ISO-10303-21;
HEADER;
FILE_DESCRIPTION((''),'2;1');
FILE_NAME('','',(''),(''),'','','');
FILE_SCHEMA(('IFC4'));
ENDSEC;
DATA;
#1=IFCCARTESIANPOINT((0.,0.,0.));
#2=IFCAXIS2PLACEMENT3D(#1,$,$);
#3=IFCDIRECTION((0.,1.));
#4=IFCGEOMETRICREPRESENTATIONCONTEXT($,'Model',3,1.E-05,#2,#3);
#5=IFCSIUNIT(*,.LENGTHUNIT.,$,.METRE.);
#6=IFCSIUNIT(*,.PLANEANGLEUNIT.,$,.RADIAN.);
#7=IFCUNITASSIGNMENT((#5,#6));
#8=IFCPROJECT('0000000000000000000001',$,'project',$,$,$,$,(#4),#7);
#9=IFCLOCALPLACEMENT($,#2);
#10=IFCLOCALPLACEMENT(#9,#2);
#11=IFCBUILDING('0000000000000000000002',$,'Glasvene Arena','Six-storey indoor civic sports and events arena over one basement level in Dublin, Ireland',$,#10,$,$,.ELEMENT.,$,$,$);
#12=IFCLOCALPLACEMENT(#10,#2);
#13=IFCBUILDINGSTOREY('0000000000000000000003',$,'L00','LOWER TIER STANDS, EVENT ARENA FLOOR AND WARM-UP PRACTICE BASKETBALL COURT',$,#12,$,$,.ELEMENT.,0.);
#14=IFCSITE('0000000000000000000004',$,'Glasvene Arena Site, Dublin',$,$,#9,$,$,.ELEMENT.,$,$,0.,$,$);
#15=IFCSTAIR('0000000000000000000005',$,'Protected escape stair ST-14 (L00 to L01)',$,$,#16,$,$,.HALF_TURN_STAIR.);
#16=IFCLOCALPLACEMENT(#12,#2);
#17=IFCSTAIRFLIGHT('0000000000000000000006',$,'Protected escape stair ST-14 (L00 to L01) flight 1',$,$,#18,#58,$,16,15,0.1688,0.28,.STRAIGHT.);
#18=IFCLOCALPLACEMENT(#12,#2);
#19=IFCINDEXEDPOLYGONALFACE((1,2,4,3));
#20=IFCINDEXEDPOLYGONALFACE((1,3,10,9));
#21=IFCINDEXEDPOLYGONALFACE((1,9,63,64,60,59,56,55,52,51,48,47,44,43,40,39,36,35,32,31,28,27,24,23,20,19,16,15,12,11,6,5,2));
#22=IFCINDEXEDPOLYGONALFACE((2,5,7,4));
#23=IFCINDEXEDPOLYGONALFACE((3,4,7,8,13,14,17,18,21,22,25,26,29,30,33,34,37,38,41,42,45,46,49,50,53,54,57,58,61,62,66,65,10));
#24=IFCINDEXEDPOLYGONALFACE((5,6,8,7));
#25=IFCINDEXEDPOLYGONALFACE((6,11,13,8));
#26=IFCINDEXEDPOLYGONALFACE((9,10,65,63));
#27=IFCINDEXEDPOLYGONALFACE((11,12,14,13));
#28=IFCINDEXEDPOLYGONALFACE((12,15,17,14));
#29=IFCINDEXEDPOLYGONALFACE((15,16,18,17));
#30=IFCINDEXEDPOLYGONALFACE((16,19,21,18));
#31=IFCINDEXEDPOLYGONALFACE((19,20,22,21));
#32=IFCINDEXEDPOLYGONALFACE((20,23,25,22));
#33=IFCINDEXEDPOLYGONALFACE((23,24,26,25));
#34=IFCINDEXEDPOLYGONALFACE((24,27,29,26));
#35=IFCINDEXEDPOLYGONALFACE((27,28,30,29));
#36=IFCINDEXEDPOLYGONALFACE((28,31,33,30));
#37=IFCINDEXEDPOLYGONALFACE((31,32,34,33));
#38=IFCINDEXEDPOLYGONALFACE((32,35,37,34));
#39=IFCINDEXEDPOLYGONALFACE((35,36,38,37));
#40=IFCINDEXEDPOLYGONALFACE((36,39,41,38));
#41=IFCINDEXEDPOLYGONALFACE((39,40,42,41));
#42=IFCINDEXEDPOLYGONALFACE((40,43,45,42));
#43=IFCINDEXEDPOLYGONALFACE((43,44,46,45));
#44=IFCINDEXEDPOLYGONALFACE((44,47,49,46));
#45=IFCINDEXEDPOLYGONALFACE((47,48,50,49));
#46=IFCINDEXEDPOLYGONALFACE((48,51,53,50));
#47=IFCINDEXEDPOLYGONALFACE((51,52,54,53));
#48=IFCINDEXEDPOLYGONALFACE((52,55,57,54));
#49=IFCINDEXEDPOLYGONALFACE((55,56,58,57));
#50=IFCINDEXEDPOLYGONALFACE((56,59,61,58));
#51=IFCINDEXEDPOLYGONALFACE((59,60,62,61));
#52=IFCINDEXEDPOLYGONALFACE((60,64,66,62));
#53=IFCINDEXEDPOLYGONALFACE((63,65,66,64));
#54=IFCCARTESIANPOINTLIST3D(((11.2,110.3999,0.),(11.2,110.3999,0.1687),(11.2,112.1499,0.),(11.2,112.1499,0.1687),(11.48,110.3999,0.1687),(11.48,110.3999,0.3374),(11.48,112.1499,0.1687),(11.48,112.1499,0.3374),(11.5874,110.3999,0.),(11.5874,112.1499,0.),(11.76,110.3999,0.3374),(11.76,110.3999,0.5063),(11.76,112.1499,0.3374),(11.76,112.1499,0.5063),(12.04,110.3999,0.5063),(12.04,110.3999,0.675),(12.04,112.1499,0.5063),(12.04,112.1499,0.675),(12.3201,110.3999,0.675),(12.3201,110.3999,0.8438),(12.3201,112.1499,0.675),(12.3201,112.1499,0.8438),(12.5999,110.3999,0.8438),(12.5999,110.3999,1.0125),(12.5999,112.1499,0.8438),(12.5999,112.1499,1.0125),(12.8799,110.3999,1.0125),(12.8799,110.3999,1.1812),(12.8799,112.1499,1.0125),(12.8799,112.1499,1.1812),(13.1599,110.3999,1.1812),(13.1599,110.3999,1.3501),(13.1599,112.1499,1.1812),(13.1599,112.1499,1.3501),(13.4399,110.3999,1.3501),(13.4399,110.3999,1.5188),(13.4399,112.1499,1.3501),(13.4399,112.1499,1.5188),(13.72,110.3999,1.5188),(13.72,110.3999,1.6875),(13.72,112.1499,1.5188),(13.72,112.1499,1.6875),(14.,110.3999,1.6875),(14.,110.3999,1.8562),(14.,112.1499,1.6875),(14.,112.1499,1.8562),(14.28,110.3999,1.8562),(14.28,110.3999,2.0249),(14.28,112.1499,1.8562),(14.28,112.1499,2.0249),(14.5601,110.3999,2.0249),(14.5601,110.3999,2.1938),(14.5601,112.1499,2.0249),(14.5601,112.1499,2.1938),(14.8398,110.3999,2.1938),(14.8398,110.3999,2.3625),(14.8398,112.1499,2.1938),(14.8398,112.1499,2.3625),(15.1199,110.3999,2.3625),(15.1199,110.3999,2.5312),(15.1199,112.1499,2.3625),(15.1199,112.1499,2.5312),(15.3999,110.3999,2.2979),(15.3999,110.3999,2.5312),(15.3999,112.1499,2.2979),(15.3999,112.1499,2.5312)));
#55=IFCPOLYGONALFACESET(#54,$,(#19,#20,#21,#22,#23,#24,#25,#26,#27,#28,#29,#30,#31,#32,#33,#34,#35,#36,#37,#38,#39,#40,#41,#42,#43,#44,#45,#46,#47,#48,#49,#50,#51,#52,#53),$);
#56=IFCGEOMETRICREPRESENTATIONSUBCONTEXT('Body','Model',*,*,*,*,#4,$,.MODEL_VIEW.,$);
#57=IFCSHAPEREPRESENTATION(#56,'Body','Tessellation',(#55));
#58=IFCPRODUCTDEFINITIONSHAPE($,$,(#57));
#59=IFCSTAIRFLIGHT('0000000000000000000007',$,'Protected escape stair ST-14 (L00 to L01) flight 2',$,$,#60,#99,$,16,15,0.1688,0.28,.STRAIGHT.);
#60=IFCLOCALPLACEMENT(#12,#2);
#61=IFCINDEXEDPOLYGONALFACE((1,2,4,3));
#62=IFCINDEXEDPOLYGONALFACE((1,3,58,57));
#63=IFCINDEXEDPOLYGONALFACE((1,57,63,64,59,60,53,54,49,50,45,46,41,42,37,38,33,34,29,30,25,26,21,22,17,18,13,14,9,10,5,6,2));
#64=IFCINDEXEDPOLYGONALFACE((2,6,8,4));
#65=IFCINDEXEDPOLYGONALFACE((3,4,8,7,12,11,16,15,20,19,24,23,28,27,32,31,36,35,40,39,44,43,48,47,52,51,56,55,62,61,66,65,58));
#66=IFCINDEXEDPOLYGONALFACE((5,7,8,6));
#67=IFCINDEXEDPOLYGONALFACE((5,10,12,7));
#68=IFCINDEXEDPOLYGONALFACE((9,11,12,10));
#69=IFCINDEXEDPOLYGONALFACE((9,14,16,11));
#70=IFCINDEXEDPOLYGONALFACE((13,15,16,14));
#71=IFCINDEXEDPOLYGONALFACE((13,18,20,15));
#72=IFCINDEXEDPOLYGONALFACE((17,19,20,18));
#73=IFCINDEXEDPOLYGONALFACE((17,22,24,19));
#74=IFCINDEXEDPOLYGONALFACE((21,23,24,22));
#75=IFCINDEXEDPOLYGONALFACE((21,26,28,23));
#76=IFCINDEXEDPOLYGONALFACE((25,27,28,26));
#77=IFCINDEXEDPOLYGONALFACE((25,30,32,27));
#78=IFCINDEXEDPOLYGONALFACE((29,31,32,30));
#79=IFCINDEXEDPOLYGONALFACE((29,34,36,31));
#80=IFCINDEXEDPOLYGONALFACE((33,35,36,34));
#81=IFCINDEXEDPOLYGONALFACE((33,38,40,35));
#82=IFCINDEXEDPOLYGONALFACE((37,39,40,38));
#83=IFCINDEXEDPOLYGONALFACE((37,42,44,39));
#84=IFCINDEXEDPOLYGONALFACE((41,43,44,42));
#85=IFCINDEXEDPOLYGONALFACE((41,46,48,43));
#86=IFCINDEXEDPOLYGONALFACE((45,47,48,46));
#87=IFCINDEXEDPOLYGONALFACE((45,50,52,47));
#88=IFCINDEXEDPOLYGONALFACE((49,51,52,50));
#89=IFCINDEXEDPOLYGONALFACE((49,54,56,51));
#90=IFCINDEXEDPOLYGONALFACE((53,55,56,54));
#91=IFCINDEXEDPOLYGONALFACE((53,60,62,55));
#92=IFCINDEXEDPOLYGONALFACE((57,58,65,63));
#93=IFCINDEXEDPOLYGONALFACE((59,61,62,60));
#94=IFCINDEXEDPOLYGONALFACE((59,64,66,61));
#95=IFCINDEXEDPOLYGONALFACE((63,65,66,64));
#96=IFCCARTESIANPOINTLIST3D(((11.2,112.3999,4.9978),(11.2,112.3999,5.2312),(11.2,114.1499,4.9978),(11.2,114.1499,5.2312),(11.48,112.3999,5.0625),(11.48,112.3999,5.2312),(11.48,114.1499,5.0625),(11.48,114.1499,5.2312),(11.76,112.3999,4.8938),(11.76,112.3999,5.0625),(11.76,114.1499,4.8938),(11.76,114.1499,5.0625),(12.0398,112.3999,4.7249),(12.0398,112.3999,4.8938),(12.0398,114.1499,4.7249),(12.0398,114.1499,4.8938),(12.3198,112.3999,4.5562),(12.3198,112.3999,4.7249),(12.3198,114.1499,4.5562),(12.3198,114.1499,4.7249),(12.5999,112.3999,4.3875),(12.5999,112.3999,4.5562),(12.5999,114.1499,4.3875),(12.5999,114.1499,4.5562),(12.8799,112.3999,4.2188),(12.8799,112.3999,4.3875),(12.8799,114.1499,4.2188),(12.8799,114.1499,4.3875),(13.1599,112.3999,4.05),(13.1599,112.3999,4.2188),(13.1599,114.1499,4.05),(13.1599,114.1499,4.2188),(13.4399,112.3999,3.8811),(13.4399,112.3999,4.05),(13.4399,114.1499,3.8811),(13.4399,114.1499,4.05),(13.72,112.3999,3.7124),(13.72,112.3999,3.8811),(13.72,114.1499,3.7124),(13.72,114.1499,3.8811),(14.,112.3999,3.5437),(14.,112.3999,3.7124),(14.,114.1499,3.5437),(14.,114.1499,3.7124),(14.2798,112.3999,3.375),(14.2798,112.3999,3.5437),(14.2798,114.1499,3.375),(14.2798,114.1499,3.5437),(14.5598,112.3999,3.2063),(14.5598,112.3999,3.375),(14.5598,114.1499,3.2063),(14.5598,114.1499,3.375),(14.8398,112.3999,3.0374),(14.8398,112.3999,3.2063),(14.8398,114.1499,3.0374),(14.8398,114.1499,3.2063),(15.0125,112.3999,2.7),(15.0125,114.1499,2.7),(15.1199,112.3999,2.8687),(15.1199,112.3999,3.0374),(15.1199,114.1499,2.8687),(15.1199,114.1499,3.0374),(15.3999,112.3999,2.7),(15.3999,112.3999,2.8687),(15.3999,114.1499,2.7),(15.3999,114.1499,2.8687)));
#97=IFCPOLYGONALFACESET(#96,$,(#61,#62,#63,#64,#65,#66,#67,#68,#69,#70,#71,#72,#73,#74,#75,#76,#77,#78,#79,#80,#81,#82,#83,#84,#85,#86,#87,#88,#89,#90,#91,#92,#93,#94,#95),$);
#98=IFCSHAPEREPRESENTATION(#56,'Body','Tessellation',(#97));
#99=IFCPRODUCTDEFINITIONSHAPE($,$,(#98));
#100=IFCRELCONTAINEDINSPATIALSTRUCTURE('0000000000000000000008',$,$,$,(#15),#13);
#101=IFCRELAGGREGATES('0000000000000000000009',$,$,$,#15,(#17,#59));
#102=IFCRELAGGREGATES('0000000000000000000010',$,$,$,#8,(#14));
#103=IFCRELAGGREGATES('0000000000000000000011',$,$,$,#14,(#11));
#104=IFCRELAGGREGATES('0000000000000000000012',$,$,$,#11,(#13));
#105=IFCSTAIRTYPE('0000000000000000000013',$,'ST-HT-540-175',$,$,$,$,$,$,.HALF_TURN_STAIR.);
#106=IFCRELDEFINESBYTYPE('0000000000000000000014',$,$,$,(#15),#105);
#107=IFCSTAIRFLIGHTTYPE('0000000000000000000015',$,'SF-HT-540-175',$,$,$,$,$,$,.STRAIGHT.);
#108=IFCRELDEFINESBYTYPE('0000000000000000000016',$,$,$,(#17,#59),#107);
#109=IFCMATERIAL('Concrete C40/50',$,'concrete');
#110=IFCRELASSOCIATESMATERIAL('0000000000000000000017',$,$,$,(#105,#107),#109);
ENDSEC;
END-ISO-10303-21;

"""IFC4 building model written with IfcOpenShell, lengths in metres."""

from ifc_helpers import new_model, si_unit, direction, frame, origin, place, context, subcontext, project, spatial, polyline, outline, extrude, material, type_object, element, aggregate, save


model = new_model("IFC4")

# Units and contexts
model_context = context("Model", 3, precision=1e-05, world=origin(), true_north=direction((0.0, 1.0)))
body_context = subcontext(model_context, "Body", "Model", "MODEL_VIEW")
ifc_project = project(units=[si_unit("LENGTHUNIT", "METRE"), si_unit("PLANEANGLEUNIT", "RADIAN")], contexts=[model_context])

# Site, building, storey
site_placement = place(None, origin())
site = spatial("IfcSite", under=ifc_project, at=site_placement, Name="Glasvene Arena Site, Dublin", CompositionType="ELEMENT", RefElevation=0.0)
building_placement = place(site_placement, origin())
building = spatial("IfcBuilding", under=site, at=building_placement, Name="Glasvene Arena", Description="Six-storey indoor civic sports and events arena over one basement level in Dublin, Ireland", CompositionType="ELEMENT")
storey_placement = place(building_placement, origin())
storey = spatial("IfcBuildingStorey", under=building, at=storey_placement, Name="L00", Description="LOWER TIER STANDS, EVENT ARENA FLOOR AND WARM-UP PRACTICE BASKETBALL COURT", CompositionType="ELEMENT", Elevation=0.0)

# Stair
ifc_material_1 = material(Name="Concrete C40/50", Category="concrete")
stair_type = type_object("IfcStairType", Name="ST-HT-540-175", PredefinedType="HALF_TURN_STAIR", material=ifc_material_1)
stair_placement = place(storey_placement, origin())
stair = element("IfcStair", 1, at=stair_placement, inside=storey, type_object=stair_type, Name="Protected escape stair ST-14 (L00 to L01)", PredefinedType="HALF_TURN_STAIR")

# Stair flights
stair_flight_type = type_object("IfcStairFlightType", Name="SF-HT-540-175", PredefinedType="STRAIGHT", material=ifc_material_1)
stair_flight_1_placement = place(storey_placement, frame((11.2, 111.2749, 0.0), z_axis=(0.0, 0.0, 1.0), x_axis=(1.0, 0.0, 0.0)))
stair_flight_1 = element("IfcStairFlight", 2, at=stair_flight_1_placement, type_object=stair_flight_type, Name="Protected escape stair ST-14 (L00 to L01) flight 1", NumberOfRisers=16, NumberOfTreads=15, PredefinedType="STRAIGHT", RiserHeight=0.1688, TreadLength=0.28, context=body_context, shape_type="SweptSolid", body=[
    extrude(outline(polyline([(0.0, 0.0), (0.0, 0.1687), (0.28, 0.1687), (0.28, 0.3374), (0.5601, 0.3374), (0.5601, 0.5063), (0.8401, 0.5063), (0.8401, 0.675), (1.1201, 0.675), (1.1201, 0.8438), (1.3999, 0.8438), (1.3999, 1.0125), (1.6799, 1.0125), (1.6799, 1.1812), (1.96, 1.1812), (1.96, 1.3501), (2.24, 1.3501), (2.24, 1.5188), (2.52, 1.5188), (2.52, 1.6875), (2.8, 1.6875), (2.8, 1.8562), (3.0801, 1.8562), (3.0801, 2.0249), (3.3601, 2.0249), (3.3601, 2.1938), (3.6399, 2.1938), (3.6399, 2.3625), (3.9199, 2.3625), (3.9199, 2.5312), (4.2, 2.5312), (4.2, 2.7), (4.2, 2.2979), (0.3875, 0.0), (0.0, 0.0)])), frame((0.0, 0.875, 0.0), z_axis=(0.0, -1.0, 0.0), x_axis=(1.0, 0.0, 0.0)), (0.0, 0.0, 1.0), 1.75),
])
stair_flight_2_placement = place(storey_placement, frame((15.3999, 113.2749, 2.7), z_axis=(0.0, 0.0, 1.0), x_axis=(-1.0, 0.0, 0.0)))
stair_flight_2 = element("IfcStairFlight", 3, at=stair_flight_2_placement, type_object=stair_flight_type, Name="Protected escape stair ST-14 (L00 to L01) flight 2", NumberOfRisers=16, NumberOfTreads=15, PredefinedType="STRAIGHT", RiserHeight=0.1688, TreadLength=0.28, context=body_context, shape_type="SweptSolid", body=[
    extrude(outline(polyline([(0.0, 0.0), (0.0, 0.1687), (0.28, 0.1687), (0.28, 0.3374), (0.5601, 0.3374), (0.5601, 0.5063), (0.8401, 0.5063), (0.8401, 0.675), (1.1201, 0.675), (1.1201, 0.8438), (1.3999, 0.8438), (1.3999, 1.0125), (1.6799, 1.0125), (1.6799, 1.1812), (1.96, 1.1812), (1.96, 1.3501), (2.24, 1.3501), (2.24, 1.5188), (2.52, 1.5188), (2.52, 1.6875), (2.8, 1.6875), (2.8, 1.8562), (3.0801, 1.8562), (3.0801, 2.0249), (3.3601, 2.0249), (3.3601, 2.1938), (3.6399, 2.1938), (3.6399, 2.3625), (3.9199, 2.3625), (3.9199, 2.5312), (4.2, 2.5312), (4.2, 2.7), (4.2, 2.2979), (0.3875, 0.0), (0.0, 0.0)])), frame((0.0, 0.875, 0.0), z_axis=(0.0, -1.0, 0.0), x_axis=(1.0, 0.0, 0.0)), (0.0, 0.0, 1.0), 1.75),
])
aggregate(stair, [stair_flight_1, stair_flight_2])

save(model, "model.ifc")
